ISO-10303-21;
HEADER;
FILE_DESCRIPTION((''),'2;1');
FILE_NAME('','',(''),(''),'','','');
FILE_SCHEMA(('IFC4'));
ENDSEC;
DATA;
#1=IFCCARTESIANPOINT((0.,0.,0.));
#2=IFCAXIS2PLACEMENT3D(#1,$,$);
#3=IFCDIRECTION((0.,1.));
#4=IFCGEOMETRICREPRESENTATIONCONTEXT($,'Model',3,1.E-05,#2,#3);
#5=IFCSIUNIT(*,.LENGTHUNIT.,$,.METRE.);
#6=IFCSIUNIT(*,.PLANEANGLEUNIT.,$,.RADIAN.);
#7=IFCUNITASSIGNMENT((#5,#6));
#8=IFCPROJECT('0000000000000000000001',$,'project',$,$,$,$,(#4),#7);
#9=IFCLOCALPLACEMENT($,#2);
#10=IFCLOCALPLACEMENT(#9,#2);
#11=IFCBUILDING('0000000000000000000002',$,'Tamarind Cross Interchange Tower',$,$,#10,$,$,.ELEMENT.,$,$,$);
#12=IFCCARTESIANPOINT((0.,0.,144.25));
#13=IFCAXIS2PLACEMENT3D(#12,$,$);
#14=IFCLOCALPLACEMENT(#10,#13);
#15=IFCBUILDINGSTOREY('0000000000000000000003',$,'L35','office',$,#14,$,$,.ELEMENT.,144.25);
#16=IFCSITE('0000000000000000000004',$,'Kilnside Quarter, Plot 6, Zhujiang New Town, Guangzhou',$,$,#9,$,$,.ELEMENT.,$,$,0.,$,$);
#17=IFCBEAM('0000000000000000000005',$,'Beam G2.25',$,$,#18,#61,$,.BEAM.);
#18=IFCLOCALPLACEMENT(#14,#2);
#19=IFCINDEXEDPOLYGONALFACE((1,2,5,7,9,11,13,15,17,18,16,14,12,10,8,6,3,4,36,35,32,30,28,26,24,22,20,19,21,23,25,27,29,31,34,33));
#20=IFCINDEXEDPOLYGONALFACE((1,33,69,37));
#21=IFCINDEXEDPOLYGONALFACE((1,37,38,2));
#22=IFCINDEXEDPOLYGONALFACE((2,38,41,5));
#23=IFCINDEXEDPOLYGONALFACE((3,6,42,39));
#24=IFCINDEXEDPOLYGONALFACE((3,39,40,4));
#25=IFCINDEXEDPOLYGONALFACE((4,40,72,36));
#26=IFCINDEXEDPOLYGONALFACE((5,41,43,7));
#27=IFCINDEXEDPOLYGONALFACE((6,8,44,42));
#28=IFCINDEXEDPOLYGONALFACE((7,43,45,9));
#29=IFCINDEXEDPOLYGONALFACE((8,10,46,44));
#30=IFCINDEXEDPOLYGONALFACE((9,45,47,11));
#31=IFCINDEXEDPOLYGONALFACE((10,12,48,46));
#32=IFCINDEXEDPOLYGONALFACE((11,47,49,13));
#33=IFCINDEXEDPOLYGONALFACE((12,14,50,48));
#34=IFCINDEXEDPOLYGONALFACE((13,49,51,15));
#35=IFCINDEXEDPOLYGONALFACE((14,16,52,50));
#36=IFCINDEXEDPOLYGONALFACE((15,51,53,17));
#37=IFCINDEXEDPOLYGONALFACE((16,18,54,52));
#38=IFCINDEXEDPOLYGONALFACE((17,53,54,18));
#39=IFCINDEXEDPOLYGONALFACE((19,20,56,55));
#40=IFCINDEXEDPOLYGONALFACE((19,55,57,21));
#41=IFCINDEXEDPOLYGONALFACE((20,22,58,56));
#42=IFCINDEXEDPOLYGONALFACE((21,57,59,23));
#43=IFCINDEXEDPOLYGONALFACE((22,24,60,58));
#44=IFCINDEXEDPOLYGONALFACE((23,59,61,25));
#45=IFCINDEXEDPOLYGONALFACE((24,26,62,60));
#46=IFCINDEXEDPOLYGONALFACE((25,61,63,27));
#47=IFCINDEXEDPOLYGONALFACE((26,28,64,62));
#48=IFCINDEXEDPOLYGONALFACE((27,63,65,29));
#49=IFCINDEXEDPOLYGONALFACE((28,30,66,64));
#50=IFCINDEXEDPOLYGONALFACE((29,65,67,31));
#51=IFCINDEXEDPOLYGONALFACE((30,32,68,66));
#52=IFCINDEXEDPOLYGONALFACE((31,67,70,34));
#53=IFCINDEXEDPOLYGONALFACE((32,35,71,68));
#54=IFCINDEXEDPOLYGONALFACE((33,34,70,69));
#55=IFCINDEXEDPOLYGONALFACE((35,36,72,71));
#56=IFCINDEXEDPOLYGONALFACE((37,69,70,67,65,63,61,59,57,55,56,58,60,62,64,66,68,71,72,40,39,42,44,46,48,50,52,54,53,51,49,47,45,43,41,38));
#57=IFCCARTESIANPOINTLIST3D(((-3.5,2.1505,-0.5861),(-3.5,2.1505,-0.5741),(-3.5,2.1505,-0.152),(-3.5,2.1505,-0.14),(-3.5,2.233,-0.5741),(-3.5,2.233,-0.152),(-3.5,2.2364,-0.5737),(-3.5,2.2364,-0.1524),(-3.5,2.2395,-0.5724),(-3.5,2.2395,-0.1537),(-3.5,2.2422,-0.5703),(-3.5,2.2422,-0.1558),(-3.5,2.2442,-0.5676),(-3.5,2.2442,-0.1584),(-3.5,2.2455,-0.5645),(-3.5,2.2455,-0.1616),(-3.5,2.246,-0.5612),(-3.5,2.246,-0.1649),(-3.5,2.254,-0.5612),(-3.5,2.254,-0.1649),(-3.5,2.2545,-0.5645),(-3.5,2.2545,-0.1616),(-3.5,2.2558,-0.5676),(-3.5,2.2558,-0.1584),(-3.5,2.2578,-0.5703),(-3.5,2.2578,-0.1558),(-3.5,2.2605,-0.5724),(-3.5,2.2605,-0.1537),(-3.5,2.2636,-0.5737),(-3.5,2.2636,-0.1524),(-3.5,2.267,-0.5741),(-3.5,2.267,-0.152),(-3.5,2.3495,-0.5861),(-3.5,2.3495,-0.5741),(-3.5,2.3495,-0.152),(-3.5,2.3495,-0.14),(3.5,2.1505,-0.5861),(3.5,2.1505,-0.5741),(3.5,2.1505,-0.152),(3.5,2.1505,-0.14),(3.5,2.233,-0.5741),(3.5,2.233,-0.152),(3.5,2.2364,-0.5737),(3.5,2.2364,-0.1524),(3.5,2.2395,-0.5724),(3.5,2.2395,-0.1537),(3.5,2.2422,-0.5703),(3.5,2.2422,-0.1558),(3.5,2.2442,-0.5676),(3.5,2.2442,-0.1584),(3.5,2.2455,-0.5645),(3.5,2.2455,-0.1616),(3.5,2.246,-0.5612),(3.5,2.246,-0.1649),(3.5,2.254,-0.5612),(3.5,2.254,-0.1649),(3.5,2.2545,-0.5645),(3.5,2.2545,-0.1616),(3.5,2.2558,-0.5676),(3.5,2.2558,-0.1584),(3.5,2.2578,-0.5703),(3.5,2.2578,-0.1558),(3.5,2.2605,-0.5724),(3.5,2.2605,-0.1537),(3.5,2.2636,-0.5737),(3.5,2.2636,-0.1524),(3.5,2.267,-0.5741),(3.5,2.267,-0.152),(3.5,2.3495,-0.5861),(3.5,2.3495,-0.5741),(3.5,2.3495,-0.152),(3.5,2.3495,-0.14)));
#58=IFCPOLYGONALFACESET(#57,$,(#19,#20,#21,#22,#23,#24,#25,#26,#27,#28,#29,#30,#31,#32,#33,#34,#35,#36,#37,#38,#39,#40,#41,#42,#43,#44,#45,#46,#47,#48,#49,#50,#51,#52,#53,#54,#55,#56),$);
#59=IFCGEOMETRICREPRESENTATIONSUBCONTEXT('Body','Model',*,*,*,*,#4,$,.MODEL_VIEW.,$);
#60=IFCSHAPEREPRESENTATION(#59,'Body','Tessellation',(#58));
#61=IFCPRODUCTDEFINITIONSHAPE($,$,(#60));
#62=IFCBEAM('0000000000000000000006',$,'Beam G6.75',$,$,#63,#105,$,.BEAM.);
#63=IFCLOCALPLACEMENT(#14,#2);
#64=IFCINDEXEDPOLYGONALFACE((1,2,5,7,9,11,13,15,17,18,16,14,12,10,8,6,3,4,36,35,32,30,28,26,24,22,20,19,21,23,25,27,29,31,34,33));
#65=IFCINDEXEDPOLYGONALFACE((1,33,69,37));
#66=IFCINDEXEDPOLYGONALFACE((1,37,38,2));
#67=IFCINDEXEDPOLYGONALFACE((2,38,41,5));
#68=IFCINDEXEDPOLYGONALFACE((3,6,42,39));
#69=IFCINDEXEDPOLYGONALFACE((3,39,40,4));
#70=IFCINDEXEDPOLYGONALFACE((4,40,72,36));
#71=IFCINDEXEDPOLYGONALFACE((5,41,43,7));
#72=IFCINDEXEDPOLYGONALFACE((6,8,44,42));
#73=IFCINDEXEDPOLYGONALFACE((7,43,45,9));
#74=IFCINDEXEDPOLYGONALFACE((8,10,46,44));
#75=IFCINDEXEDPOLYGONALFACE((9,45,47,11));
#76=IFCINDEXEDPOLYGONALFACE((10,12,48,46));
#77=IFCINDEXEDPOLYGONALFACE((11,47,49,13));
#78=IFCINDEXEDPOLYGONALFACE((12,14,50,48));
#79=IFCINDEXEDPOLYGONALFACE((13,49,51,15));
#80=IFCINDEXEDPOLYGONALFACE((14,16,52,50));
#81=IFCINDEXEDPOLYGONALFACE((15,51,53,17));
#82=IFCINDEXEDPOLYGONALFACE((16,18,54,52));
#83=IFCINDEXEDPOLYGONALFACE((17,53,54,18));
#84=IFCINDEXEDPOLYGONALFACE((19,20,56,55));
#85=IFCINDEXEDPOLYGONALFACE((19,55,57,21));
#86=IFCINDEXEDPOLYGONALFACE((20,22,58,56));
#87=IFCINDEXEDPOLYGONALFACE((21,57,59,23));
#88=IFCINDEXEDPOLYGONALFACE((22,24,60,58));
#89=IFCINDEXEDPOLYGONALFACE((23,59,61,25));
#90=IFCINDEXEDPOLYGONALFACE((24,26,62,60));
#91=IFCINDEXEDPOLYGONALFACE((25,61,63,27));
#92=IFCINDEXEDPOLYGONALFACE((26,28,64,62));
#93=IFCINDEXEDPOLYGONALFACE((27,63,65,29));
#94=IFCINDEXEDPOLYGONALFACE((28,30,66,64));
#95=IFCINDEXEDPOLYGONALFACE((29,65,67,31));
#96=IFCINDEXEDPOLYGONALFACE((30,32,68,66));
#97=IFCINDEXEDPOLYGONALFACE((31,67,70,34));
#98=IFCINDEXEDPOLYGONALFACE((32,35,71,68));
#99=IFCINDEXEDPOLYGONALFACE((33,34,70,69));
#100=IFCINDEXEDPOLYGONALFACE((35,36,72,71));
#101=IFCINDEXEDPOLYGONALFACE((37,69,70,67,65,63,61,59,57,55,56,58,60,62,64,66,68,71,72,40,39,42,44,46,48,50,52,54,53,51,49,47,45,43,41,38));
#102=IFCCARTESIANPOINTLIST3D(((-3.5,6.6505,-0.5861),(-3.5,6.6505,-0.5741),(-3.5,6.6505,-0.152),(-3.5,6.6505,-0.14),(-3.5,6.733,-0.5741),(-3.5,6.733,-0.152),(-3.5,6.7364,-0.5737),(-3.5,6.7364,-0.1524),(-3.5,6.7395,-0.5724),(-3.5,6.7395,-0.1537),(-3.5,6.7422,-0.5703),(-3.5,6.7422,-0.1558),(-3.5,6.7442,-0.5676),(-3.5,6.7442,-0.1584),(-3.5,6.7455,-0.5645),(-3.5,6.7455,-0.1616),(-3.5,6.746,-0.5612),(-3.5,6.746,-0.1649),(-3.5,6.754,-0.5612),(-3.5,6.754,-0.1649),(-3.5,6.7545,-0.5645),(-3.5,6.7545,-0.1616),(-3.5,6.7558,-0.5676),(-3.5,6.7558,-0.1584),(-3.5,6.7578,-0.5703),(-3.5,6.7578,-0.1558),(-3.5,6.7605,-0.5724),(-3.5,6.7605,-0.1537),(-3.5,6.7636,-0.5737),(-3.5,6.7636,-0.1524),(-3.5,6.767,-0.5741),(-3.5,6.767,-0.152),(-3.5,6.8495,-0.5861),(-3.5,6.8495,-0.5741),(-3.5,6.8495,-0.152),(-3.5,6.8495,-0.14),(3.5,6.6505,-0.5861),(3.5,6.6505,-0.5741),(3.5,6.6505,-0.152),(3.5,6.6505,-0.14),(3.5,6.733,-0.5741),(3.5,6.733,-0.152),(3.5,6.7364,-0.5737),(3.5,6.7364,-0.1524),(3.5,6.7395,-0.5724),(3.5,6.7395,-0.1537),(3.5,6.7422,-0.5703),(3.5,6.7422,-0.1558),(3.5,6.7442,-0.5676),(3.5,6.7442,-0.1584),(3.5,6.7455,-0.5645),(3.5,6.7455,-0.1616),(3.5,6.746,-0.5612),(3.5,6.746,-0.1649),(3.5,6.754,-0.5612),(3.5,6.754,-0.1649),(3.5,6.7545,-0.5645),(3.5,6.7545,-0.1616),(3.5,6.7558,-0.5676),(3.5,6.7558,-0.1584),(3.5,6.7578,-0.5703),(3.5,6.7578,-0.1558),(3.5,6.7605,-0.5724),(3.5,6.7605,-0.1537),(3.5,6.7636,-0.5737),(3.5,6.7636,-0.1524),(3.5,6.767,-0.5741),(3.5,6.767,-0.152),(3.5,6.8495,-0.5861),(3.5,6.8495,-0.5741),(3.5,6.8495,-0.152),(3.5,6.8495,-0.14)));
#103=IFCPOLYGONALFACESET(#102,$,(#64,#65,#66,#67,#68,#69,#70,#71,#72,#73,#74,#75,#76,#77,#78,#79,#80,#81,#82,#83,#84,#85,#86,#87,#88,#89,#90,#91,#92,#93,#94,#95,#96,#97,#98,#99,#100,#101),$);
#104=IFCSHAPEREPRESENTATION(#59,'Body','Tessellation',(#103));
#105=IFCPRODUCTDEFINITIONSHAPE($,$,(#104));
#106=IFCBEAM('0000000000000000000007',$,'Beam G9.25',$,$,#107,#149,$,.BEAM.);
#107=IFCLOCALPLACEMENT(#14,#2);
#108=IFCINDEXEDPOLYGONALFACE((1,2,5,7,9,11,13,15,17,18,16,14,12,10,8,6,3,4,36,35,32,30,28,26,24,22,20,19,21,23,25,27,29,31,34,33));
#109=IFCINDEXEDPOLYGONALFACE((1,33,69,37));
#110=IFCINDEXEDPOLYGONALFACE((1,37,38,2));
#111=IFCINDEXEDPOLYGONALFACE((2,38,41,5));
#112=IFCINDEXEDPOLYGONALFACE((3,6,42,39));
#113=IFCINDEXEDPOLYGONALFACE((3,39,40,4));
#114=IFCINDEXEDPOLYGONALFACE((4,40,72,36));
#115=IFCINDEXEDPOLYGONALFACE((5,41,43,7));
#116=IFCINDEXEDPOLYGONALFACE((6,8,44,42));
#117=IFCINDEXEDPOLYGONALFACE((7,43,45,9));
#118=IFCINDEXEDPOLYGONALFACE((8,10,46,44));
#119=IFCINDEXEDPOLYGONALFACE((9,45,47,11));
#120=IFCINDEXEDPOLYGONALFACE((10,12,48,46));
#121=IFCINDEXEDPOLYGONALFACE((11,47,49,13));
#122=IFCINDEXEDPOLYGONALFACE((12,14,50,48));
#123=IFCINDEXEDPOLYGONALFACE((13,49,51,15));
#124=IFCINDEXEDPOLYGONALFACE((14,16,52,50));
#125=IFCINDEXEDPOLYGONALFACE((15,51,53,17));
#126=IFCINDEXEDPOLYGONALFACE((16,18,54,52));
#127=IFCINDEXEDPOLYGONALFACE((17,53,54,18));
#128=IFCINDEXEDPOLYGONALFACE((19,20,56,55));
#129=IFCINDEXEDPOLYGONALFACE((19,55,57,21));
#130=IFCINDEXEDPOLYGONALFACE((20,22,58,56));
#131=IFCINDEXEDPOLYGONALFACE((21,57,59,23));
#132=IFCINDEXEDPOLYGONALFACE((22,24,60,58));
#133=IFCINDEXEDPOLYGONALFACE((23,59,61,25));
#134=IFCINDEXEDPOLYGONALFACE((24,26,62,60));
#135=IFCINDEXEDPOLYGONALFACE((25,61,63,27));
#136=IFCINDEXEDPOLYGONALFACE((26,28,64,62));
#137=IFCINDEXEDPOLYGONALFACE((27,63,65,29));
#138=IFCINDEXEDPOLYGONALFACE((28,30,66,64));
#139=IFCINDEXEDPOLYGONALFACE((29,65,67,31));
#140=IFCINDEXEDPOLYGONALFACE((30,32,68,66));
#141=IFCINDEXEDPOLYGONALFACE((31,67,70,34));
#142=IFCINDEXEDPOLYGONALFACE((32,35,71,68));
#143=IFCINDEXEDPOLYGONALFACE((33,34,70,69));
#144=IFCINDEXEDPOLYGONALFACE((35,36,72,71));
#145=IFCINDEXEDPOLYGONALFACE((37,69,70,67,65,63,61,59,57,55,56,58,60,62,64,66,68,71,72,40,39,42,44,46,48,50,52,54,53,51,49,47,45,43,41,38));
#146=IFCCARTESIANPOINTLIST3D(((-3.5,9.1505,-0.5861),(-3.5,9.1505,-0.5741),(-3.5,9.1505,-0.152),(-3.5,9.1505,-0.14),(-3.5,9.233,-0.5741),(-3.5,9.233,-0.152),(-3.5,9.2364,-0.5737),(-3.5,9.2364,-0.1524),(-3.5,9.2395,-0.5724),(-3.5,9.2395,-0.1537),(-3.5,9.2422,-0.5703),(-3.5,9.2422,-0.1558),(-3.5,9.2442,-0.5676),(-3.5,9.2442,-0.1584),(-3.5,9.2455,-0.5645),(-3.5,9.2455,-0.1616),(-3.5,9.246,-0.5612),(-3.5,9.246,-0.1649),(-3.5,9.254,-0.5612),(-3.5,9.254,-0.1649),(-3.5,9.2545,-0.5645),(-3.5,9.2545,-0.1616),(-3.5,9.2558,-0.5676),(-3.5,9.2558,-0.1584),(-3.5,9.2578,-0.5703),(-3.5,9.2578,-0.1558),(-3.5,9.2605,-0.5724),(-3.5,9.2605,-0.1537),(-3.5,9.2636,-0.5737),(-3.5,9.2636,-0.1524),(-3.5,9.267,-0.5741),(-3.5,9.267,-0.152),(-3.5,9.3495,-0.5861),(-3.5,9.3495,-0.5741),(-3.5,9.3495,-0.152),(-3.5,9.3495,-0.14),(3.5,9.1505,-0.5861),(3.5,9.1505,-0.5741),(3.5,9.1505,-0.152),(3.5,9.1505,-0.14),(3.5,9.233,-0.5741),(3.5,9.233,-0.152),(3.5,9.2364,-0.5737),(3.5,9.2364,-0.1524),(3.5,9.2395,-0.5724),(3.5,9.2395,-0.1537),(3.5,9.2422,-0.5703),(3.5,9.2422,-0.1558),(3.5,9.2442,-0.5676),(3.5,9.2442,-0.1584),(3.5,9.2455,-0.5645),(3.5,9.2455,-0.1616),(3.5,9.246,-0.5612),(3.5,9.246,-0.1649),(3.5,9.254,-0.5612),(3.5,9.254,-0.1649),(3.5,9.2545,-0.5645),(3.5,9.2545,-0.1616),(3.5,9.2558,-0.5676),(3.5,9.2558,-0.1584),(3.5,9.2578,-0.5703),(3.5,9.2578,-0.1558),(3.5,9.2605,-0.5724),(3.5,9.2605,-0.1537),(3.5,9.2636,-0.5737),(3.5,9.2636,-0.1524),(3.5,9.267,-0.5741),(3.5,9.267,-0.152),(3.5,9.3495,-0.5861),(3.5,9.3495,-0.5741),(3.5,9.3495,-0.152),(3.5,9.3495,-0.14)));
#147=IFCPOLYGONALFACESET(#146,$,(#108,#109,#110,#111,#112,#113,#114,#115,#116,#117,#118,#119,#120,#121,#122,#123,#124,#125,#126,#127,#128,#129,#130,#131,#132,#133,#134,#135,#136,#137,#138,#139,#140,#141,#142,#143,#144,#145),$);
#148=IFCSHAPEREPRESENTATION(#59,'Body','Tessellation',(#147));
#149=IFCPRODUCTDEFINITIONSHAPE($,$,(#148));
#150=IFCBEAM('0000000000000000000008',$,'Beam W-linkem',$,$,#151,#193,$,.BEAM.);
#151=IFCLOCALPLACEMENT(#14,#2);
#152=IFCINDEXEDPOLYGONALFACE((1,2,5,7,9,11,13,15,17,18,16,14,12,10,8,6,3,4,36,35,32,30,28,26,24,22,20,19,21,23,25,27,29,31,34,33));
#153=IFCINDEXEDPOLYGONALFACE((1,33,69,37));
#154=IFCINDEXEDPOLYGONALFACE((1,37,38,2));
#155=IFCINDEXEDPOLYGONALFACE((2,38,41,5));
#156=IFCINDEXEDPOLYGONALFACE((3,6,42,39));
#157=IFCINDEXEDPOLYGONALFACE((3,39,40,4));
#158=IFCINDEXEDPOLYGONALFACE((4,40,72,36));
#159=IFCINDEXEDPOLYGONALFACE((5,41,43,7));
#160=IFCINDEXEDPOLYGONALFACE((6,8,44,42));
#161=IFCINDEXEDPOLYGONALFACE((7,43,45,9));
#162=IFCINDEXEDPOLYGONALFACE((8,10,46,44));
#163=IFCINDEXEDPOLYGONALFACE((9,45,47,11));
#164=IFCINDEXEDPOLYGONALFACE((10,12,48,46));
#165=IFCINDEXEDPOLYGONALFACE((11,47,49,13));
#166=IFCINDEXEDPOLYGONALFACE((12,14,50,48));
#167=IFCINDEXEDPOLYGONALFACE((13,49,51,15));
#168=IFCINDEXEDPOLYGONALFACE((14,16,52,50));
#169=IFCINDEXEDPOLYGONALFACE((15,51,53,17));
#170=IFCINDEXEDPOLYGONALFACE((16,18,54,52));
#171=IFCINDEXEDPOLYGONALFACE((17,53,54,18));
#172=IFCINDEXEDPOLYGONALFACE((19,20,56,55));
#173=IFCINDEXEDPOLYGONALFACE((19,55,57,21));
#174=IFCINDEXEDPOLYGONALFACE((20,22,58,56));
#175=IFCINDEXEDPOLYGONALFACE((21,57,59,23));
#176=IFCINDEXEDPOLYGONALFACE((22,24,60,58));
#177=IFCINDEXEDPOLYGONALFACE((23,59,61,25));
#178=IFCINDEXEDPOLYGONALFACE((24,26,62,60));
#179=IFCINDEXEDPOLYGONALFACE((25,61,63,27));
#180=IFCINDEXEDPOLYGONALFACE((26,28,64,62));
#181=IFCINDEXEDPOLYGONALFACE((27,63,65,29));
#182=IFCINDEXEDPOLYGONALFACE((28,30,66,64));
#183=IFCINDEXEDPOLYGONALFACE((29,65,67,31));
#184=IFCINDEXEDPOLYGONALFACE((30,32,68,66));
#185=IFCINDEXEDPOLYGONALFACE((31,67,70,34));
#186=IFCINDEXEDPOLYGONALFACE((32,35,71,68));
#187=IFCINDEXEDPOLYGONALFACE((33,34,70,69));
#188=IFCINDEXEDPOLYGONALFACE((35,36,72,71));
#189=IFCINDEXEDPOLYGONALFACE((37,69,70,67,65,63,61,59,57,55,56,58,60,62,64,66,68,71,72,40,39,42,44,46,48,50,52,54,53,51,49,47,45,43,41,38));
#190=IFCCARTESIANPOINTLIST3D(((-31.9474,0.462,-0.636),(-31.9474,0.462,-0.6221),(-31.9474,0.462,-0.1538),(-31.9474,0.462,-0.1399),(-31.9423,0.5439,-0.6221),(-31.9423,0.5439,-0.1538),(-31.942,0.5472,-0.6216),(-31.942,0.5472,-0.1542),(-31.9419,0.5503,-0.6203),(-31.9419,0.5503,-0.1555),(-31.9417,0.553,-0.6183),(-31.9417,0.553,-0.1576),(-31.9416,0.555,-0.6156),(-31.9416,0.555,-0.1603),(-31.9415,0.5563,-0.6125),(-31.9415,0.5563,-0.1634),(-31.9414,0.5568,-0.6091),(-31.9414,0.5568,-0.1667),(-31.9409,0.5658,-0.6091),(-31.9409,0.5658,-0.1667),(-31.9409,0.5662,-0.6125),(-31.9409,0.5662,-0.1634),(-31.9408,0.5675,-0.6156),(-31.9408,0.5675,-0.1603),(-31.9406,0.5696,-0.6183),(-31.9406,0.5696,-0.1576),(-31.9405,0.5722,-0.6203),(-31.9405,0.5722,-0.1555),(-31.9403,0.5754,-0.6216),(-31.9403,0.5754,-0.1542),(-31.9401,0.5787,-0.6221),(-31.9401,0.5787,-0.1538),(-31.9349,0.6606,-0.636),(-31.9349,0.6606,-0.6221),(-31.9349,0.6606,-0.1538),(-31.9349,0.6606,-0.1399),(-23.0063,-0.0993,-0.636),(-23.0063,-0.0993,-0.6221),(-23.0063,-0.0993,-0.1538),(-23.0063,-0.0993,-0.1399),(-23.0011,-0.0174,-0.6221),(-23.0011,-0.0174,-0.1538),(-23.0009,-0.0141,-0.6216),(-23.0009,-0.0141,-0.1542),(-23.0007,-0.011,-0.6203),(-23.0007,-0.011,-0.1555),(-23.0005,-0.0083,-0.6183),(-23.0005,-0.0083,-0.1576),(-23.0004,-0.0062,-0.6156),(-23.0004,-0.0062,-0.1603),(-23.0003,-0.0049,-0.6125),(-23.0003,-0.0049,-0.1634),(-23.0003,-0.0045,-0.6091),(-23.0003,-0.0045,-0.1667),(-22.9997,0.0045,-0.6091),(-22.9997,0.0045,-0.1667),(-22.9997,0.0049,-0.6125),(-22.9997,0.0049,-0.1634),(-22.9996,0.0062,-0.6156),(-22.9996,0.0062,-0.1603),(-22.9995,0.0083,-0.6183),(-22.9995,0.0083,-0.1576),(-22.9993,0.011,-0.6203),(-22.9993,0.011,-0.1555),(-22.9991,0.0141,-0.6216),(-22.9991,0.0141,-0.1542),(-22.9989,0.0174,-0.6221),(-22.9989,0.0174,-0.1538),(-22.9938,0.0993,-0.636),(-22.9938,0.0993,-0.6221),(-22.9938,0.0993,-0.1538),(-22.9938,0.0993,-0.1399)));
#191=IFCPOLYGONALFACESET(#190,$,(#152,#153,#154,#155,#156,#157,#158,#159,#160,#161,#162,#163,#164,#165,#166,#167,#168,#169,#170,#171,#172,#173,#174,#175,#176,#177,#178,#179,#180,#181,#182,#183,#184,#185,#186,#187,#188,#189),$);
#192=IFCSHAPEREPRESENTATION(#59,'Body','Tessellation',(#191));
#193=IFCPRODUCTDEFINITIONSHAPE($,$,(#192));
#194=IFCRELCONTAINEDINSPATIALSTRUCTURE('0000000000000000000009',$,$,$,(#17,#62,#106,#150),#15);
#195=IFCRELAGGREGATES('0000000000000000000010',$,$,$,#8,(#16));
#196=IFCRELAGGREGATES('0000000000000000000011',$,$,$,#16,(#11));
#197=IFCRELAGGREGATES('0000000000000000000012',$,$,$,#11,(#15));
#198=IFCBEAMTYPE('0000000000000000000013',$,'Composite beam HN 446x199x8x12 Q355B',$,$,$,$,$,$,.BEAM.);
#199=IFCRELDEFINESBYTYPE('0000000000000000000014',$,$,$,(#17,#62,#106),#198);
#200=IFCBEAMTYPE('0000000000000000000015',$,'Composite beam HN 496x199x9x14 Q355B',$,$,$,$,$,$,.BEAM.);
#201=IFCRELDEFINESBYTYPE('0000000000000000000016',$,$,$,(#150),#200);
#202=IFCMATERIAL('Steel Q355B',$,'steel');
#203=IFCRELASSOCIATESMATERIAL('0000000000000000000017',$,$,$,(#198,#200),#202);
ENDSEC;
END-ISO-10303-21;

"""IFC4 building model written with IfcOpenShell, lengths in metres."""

from ifc_helpers import new_model, si_unit, direction, frame, origin, origin_2d, place, context, subcontext, project, spatial, i_section, extrude, material, material_profile, profile_set, type_object, element, save


model = new_model("IFC4")

# Units and contexts
model_context = context("Model", 3, precision=1e-05, world=origin(), true_north=direction((0.0, 1.0)))
body_context = subcontext(model_context, "Body", "Model", "MODEL_VIEW")
ifc_project = project(units=[si_unit("LENGTHUNIT", "METRE"), si_unit("PLANEANGLEUNIT", "RADIAN")], contexts=[model_context])

# Site, building, storey
site_placement = place(None, origin())
site = spatial("IfcSite", under=ifc_project, at=site_placement, Name="Kilnside Quarter, Plot 6, Zhujiang New Town, Guangzhou", CompositionType="ELEMENT", RefElevation=0.0)
building_placement = place(site_placement, origin())
building = spatial("IfcBuilding", under=site, at=building_placement, Name="Tamarind Cross Interchange Tower", CompositionType="ELEMENT")
storey_placement = place(building_placement, frame((0.0, 0.0, 144.25)))
storey = spatial("IfcBuildingStorey", under=building, at=storey_placement, Name="L35", Description="office", CompositionType="ELEMENT", Elevation=144.25)

# Beams
ifc_material_1 = material(Name="Steel Q355B", Category="steel")
ifc_material_profile_1 = material_profile(ifc_material_1, i_section(OverallWidth=0.199, OverallDepth=0.446, WebThickness=0.0081, FlangeThickness=0.012, FilletRadius=0.0129, at=origin_2d()), Name="HN 446x199x8x12")
ifc_profile_set_1 = profile_set([ifc_material_profile_1], Name="Steel Q355B")
beam_type_1 = type_object("IfcBeamType", Name="Composite beam HN 446x199x8x12 Q355B", PredefinedType="BEAM", material=ifc_profile_set_1)
for number, where, z_axis, x_axis, name in (
    (1, (-3.5, 2.25, -0.363), (1.0, 0.0, 0.0), (0.0, 1.0, 0.0), "Beam G2.25"),
    (2, (-3.5, 6.75, -0.363), (1.0, 0.0, 0.0), (0.0, 1.0, 0.0), "Beam G6.75"),
    (3, (-3.5, 9.25, -0.363), (1.0, 0.0, 0.0), (0.0, 1.0, 0.0), "Beam G9.25"),
):
    element("IfcBeam", number, at=place(storey_placement, frame(where, z_axis=z_axis, x_axis=x_axis)), inside=storey, type_object=beam_type_1, Name=name, PredefinedType="BEAM", context=body_context, shape_type="SweptSolid", body=[
        extrude(i_section(OverallWidth=0.199, OverallDepth=0.446, WebThickness=0.0081, FlangeThickness=0.012, FilletRadius=0.0129, at=origin_2d()), origin(), (0.0, 0.0, 1.0), 7.0),
    ])
ifc_material_profile_2 = material_profile(ifc_material_1, i_section(OverallWidth=0.199, OverallDepth=0.4961, WebThickness=0.009, FlangeThickness=0.0139, FilletRadius=0.0129, at=origin_2d()), Name="HN 496x199x9x14")
ifc_profile_set_2 = profile_set([ifc_material_profile_2], Name="Steel Q355B")
beam_type_2 = type_object("IfcBeamType", Name="Composite beam HN 496x199x9x14 Q355B", PredefinedType="BEAM", material=ifc_profile_set_2)
beam_1_placement = place(storey_placement, frame((-31.9412, 0.5613, -0.3879), z_axis=(0.998035, -0.062651, 0.0), x_axis=(0.062651, 0.998035, 0.0)))
element("IfcBeam", 4, at=beam_1_placement, inside=storey, type_object=beam_type_2, Name="Beam W-linkem", PredefinedType="BEAM", context=body_context, shape_type="SweptSolid", body=[
    extrude(i_section(OverallWidth=0.199, OverallDepth=0.4961, WebThickness=0.009, FlangeThickness=0.0139, FilletRadius=0.0129, at=origin_2d()), origin(), (0.0, 0.0, 1.0), 8.9587),
])

save(model, "model.ifc")
